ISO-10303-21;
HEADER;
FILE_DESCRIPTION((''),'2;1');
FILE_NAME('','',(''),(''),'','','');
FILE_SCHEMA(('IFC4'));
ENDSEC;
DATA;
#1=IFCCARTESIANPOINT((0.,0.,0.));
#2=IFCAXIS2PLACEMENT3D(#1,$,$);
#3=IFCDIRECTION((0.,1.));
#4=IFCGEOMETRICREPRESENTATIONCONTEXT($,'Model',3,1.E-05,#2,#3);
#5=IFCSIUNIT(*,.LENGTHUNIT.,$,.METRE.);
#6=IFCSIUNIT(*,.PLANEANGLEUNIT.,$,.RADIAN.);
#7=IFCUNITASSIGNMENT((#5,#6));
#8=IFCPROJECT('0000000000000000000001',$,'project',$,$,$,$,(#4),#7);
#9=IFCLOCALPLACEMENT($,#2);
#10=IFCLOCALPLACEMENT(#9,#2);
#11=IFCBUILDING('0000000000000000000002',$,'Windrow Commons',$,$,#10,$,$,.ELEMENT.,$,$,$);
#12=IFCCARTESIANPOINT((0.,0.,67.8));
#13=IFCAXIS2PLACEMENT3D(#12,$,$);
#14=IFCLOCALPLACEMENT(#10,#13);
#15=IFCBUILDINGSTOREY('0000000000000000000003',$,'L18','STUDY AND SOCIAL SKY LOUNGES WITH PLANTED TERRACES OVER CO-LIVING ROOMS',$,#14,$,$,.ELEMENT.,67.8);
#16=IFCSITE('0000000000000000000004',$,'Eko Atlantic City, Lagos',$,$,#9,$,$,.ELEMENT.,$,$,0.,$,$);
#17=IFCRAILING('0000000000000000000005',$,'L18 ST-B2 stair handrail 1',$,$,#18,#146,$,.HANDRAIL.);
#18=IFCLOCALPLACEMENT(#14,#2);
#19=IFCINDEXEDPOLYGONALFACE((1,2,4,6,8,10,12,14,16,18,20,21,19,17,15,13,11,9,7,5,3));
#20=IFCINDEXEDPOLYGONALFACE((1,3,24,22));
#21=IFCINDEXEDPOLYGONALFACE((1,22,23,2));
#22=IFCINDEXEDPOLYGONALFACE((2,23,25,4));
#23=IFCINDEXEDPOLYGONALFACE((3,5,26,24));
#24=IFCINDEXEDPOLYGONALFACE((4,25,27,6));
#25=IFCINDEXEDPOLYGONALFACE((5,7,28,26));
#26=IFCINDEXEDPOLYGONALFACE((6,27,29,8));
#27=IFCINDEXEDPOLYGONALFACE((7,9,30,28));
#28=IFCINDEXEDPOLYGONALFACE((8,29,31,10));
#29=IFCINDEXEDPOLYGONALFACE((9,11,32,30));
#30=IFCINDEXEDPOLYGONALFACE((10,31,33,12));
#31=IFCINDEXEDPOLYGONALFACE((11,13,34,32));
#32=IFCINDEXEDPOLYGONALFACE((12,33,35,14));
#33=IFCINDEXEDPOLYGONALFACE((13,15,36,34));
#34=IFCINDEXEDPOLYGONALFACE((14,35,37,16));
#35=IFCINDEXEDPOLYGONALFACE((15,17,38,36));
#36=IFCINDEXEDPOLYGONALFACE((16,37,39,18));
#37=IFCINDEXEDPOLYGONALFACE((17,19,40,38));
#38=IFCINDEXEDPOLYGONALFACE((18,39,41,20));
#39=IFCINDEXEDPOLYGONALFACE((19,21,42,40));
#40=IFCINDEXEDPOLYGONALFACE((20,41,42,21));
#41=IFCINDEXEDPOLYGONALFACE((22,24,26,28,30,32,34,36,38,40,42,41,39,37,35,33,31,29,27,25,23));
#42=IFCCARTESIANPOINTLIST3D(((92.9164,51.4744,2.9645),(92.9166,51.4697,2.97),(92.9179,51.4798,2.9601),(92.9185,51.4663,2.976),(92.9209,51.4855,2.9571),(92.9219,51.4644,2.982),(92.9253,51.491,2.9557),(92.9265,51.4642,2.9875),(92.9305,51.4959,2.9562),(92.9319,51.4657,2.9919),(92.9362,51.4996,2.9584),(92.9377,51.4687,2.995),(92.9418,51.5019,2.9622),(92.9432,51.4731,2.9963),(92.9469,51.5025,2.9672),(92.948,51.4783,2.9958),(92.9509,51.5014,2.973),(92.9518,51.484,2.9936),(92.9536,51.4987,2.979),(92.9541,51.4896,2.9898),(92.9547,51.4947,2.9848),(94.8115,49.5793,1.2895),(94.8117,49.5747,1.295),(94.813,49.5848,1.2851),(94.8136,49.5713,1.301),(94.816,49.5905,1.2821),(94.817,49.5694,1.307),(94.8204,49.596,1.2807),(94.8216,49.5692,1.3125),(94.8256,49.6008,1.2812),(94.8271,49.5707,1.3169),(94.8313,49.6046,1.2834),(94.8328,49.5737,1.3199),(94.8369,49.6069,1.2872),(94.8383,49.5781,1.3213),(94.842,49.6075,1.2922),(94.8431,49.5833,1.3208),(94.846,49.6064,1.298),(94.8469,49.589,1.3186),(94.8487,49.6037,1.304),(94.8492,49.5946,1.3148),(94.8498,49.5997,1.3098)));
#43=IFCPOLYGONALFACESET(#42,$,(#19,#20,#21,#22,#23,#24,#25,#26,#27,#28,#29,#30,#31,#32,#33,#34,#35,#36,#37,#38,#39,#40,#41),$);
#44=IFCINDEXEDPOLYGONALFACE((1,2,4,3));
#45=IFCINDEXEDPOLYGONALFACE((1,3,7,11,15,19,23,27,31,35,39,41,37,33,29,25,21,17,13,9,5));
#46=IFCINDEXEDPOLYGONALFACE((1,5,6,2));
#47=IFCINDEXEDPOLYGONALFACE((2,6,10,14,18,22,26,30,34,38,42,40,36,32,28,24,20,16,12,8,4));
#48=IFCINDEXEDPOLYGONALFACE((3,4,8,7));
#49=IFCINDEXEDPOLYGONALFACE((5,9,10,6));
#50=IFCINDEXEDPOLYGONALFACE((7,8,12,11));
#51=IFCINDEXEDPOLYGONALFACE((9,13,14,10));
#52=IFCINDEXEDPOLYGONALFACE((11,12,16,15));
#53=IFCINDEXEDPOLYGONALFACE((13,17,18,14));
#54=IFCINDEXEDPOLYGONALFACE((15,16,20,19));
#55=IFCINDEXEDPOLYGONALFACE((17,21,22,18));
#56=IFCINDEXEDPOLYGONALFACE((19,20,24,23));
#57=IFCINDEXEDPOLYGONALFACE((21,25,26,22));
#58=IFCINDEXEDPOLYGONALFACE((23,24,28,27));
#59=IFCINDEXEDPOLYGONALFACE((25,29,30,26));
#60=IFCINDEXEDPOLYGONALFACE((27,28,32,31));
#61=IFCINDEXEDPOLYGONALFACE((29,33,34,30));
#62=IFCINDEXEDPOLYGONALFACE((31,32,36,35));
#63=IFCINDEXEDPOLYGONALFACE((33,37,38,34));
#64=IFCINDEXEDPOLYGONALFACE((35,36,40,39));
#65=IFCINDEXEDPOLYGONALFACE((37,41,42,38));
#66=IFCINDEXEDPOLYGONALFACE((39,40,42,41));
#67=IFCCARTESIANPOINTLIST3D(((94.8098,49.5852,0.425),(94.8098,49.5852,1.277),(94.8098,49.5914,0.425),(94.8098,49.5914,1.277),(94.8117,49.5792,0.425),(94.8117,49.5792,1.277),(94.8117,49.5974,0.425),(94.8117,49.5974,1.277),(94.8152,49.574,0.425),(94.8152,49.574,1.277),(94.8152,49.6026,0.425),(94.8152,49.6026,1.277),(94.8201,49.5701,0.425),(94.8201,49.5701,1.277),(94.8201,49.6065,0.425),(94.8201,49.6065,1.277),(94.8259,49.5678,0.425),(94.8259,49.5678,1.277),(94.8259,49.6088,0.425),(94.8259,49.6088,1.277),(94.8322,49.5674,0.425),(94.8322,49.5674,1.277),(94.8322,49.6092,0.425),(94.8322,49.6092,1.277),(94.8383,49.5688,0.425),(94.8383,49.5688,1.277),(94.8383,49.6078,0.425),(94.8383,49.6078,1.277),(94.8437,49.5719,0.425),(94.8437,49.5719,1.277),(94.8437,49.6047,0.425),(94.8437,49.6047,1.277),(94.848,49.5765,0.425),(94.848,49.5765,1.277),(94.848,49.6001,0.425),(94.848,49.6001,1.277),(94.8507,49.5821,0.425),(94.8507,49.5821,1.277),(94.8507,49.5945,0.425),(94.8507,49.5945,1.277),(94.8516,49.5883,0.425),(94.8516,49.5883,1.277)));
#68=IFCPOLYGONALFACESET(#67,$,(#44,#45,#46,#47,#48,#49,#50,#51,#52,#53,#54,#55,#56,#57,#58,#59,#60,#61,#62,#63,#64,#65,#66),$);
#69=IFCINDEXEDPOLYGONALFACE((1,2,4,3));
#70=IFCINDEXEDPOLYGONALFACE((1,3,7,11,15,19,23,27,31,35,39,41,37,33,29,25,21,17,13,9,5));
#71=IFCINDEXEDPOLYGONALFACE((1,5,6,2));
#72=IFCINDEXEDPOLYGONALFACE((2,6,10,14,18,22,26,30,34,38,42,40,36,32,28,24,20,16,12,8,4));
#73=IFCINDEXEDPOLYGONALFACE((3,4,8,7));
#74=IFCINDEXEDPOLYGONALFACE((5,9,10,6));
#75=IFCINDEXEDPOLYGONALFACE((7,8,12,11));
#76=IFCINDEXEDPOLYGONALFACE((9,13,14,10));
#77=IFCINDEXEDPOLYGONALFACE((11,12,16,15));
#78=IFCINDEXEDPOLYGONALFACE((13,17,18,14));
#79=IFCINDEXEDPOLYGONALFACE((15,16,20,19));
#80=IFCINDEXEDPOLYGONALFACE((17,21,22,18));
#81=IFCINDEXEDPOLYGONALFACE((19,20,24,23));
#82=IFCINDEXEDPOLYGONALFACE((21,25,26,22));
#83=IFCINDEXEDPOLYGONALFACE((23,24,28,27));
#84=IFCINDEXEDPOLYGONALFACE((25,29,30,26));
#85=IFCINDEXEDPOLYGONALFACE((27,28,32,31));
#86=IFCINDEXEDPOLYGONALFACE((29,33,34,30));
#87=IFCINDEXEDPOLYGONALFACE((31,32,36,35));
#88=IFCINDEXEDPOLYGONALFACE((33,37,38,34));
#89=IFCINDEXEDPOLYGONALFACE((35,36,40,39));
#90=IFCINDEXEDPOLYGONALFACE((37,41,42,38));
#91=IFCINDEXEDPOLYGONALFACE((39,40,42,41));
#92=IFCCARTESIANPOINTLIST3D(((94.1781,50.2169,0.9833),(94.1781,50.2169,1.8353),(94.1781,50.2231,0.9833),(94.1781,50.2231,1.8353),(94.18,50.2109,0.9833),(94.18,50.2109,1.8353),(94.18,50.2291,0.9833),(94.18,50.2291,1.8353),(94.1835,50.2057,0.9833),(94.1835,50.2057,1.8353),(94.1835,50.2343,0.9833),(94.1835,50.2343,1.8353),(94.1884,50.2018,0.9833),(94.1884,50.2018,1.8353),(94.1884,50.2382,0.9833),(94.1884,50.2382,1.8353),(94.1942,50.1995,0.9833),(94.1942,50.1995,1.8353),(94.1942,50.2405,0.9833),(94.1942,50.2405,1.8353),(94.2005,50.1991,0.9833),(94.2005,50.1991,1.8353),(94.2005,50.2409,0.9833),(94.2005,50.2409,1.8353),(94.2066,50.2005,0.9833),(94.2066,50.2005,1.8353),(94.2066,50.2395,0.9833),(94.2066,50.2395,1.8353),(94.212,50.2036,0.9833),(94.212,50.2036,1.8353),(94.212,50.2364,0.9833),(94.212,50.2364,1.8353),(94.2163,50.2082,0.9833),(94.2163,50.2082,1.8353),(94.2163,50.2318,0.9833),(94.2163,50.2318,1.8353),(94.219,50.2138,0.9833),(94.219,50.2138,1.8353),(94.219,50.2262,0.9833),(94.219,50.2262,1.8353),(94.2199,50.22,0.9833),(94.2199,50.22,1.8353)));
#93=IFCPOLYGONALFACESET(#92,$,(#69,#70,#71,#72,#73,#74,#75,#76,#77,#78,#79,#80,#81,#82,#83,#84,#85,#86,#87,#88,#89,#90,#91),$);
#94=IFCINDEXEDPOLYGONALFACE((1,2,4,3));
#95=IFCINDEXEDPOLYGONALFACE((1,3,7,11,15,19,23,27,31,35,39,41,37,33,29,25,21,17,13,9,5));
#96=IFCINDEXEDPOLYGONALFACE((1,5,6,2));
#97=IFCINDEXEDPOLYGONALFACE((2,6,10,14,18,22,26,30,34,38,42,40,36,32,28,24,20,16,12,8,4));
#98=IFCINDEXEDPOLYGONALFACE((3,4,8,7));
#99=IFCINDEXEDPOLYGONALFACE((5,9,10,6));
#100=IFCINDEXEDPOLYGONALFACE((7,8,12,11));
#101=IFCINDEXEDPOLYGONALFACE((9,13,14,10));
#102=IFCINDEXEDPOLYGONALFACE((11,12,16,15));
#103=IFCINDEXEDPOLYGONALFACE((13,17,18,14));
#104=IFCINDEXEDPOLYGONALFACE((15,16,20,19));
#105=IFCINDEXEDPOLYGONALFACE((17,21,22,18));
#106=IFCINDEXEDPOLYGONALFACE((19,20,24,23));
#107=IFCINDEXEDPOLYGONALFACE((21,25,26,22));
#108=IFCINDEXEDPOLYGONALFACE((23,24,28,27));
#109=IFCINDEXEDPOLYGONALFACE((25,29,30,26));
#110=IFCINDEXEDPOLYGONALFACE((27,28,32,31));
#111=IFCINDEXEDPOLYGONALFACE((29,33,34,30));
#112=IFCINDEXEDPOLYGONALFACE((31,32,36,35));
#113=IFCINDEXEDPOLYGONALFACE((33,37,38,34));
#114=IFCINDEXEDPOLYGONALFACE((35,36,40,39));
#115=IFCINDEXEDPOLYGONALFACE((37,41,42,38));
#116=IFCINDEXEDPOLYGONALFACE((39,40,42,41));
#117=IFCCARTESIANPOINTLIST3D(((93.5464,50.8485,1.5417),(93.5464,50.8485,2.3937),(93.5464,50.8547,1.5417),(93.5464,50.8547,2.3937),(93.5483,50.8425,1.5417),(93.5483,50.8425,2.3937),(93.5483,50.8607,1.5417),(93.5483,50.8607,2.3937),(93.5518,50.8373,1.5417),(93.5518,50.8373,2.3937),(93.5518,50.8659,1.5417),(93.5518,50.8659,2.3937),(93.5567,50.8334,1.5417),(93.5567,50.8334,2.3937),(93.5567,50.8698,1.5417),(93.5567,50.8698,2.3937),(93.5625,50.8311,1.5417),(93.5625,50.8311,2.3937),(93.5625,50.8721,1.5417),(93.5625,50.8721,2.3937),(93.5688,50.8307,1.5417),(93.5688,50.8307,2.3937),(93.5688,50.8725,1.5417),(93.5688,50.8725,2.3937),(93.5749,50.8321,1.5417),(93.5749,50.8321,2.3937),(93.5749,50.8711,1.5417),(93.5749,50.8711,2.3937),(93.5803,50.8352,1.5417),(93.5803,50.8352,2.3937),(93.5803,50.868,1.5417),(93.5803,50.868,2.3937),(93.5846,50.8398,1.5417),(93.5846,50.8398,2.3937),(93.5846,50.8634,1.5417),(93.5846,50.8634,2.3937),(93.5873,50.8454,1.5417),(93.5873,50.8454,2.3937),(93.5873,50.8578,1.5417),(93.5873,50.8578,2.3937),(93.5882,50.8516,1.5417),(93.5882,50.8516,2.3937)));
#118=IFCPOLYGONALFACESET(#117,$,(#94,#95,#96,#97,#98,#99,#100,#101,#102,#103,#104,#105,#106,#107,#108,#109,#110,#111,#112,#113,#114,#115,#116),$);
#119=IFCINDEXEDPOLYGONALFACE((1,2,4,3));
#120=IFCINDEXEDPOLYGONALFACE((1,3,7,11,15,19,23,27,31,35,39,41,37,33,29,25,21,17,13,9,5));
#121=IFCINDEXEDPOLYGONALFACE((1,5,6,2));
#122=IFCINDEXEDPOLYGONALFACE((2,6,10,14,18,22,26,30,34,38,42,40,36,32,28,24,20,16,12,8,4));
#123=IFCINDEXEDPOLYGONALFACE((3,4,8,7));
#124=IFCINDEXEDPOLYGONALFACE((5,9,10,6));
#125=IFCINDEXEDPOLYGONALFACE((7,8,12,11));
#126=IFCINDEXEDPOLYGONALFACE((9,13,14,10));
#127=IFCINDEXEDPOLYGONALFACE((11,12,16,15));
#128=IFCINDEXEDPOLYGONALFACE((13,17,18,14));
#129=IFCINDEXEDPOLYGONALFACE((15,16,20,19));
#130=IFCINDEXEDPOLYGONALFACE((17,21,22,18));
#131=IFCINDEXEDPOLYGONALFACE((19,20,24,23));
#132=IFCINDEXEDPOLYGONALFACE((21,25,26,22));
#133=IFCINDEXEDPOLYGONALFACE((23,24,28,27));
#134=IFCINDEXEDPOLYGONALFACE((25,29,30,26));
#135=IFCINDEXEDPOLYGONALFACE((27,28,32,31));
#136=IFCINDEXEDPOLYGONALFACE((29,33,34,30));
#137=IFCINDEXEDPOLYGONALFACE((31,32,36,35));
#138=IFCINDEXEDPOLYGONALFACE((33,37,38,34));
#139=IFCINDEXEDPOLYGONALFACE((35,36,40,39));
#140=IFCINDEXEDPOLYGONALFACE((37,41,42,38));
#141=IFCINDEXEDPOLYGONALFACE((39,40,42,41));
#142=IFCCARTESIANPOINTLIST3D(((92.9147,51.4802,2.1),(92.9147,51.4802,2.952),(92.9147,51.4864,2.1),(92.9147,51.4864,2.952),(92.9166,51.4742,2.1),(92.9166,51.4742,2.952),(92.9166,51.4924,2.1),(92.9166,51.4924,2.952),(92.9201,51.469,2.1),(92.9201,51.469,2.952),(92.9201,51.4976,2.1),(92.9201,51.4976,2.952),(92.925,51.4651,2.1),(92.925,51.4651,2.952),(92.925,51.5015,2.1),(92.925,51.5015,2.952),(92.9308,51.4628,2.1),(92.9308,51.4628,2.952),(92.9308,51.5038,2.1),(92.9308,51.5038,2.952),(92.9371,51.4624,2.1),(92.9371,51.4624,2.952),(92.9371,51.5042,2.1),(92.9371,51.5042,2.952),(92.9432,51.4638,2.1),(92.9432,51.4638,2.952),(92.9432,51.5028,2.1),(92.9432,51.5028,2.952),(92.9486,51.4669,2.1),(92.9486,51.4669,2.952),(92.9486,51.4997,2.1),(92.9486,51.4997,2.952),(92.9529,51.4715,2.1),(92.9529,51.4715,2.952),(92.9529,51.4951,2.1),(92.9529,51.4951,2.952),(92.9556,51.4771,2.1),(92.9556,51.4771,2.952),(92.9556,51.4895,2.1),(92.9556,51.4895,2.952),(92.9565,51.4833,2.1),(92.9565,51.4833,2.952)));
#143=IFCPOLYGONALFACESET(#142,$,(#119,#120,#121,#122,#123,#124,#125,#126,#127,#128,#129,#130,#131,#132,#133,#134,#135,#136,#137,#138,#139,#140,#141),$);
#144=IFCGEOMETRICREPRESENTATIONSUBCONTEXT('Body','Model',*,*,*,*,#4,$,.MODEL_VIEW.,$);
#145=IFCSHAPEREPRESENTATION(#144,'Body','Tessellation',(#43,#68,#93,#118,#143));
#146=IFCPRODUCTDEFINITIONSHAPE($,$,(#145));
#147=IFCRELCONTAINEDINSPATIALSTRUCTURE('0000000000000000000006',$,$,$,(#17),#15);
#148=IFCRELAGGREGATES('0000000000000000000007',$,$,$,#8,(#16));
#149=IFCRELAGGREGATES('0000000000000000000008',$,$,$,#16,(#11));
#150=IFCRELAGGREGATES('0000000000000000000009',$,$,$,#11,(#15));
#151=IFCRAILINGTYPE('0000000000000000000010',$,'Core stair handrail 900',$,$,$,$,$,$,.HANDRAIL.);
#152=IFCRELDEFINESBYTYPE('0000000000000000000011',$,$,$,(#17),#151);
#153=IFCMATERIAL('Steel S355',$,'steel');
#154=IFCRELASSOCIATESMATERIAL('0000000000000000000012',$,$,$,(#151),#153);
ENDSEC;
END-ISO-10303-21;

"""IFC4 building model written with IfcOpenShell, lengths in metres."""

from ifc_helpers import new_model, si_unit, direction, frame, origin, origin_2d, place, context, subcontext, project, spatial, circle, extrude, material, type_object, element, save


model = new_model("IFC4")

# Units and contexts
model_context = context("Model", 3, precision=1e-05, world=origin(), true_north=direction((0.0, 1.0)))
body_context = subcontext(model_context, "Body", "Model", "MODEL_VIEW")
ifc_project = project(units=[si_unit("LENGTHUNIT", "METRE"), si_unit("PLANEANGLEUNIT", "RADIAN")], contexts=[model_context])

# Site, building, storey
site_placement = place(None, origin())
site = spatial("IfcSite", under=ifc_project, at=site_placement, Name="Eko Atlantic City, Lagos", CompositionType="ELEMENT", RefElevation=0.0)
building_placement = place(site_placement, origin())
building = spatial("IfcBuilding", under=site, at=building_placement, Name="Windrow Commons", CompositionType="ELEMENT")
storey_placement = place(building_placement, frame((0.0, 0.0, 67.8)))
storey = spatial("IfcBuildingStorey", under=building, at=storey_placement, Name="L18", Description="STUDY AND SOCIAL SKY LOUNGES WITH PLANTED TERRACES OVER CO-LIVING ROOMS", CompositionType="ELEMENT", Elevation=67.8)

# Railing
ifc_material_1 = material(Name="Steel S355", Category="steel")
railing_type_1 = type_object("IfcRailingType", Name="Core stair handrail 900", PredefinedType="HANDRAIL", material=ifc_material_1)
railing_1_placement = place(storey_placement, frame((94.8306, 49.5883, 0.425)))
element("IfcRailing", 1, at=railing_1_placement, inside=storey, type_object=railing_type_1, Name="L18 ST-B2 stair handrail 1", PredefinedType="HANDRAIL", context=body_context, shape_type="SweptSolid", body=[
    extrude(circle(Radius=0.024, at=origin_2d()), frame((0.0, 0.0, 0.876), z_axis=(-0.599642, 0.59961, 0.529998), x_axis=(-0.707088, -0.707125, 0.0)), (0.0, 0.0, 1.0), 3.1604),
    extrude(circle(Radius=0.021, at=origin_2d()), origin(), (0.0, 0.0, 1.0), 0.852),
    extrude(circle(Radius=0.021, at=origin_2d()), frame((-0.6317, 0.6317, 0.5583)), (0.0, 0.0, 1.0), 0.852),
    extrude(circle(Radius=0.021, at=origin_2d()), frame((-1.2634, 1.2633, 1.1167)), (0.0, 0.0, 1.0), 0.852),
    extrude(circle(Radius=0.021, at=origin_2d()), frame((-1.8951, 1.895, 1.675)), (0.0, 0.0, 1.0), 0.852),
])

save(model, "model.ifc")
